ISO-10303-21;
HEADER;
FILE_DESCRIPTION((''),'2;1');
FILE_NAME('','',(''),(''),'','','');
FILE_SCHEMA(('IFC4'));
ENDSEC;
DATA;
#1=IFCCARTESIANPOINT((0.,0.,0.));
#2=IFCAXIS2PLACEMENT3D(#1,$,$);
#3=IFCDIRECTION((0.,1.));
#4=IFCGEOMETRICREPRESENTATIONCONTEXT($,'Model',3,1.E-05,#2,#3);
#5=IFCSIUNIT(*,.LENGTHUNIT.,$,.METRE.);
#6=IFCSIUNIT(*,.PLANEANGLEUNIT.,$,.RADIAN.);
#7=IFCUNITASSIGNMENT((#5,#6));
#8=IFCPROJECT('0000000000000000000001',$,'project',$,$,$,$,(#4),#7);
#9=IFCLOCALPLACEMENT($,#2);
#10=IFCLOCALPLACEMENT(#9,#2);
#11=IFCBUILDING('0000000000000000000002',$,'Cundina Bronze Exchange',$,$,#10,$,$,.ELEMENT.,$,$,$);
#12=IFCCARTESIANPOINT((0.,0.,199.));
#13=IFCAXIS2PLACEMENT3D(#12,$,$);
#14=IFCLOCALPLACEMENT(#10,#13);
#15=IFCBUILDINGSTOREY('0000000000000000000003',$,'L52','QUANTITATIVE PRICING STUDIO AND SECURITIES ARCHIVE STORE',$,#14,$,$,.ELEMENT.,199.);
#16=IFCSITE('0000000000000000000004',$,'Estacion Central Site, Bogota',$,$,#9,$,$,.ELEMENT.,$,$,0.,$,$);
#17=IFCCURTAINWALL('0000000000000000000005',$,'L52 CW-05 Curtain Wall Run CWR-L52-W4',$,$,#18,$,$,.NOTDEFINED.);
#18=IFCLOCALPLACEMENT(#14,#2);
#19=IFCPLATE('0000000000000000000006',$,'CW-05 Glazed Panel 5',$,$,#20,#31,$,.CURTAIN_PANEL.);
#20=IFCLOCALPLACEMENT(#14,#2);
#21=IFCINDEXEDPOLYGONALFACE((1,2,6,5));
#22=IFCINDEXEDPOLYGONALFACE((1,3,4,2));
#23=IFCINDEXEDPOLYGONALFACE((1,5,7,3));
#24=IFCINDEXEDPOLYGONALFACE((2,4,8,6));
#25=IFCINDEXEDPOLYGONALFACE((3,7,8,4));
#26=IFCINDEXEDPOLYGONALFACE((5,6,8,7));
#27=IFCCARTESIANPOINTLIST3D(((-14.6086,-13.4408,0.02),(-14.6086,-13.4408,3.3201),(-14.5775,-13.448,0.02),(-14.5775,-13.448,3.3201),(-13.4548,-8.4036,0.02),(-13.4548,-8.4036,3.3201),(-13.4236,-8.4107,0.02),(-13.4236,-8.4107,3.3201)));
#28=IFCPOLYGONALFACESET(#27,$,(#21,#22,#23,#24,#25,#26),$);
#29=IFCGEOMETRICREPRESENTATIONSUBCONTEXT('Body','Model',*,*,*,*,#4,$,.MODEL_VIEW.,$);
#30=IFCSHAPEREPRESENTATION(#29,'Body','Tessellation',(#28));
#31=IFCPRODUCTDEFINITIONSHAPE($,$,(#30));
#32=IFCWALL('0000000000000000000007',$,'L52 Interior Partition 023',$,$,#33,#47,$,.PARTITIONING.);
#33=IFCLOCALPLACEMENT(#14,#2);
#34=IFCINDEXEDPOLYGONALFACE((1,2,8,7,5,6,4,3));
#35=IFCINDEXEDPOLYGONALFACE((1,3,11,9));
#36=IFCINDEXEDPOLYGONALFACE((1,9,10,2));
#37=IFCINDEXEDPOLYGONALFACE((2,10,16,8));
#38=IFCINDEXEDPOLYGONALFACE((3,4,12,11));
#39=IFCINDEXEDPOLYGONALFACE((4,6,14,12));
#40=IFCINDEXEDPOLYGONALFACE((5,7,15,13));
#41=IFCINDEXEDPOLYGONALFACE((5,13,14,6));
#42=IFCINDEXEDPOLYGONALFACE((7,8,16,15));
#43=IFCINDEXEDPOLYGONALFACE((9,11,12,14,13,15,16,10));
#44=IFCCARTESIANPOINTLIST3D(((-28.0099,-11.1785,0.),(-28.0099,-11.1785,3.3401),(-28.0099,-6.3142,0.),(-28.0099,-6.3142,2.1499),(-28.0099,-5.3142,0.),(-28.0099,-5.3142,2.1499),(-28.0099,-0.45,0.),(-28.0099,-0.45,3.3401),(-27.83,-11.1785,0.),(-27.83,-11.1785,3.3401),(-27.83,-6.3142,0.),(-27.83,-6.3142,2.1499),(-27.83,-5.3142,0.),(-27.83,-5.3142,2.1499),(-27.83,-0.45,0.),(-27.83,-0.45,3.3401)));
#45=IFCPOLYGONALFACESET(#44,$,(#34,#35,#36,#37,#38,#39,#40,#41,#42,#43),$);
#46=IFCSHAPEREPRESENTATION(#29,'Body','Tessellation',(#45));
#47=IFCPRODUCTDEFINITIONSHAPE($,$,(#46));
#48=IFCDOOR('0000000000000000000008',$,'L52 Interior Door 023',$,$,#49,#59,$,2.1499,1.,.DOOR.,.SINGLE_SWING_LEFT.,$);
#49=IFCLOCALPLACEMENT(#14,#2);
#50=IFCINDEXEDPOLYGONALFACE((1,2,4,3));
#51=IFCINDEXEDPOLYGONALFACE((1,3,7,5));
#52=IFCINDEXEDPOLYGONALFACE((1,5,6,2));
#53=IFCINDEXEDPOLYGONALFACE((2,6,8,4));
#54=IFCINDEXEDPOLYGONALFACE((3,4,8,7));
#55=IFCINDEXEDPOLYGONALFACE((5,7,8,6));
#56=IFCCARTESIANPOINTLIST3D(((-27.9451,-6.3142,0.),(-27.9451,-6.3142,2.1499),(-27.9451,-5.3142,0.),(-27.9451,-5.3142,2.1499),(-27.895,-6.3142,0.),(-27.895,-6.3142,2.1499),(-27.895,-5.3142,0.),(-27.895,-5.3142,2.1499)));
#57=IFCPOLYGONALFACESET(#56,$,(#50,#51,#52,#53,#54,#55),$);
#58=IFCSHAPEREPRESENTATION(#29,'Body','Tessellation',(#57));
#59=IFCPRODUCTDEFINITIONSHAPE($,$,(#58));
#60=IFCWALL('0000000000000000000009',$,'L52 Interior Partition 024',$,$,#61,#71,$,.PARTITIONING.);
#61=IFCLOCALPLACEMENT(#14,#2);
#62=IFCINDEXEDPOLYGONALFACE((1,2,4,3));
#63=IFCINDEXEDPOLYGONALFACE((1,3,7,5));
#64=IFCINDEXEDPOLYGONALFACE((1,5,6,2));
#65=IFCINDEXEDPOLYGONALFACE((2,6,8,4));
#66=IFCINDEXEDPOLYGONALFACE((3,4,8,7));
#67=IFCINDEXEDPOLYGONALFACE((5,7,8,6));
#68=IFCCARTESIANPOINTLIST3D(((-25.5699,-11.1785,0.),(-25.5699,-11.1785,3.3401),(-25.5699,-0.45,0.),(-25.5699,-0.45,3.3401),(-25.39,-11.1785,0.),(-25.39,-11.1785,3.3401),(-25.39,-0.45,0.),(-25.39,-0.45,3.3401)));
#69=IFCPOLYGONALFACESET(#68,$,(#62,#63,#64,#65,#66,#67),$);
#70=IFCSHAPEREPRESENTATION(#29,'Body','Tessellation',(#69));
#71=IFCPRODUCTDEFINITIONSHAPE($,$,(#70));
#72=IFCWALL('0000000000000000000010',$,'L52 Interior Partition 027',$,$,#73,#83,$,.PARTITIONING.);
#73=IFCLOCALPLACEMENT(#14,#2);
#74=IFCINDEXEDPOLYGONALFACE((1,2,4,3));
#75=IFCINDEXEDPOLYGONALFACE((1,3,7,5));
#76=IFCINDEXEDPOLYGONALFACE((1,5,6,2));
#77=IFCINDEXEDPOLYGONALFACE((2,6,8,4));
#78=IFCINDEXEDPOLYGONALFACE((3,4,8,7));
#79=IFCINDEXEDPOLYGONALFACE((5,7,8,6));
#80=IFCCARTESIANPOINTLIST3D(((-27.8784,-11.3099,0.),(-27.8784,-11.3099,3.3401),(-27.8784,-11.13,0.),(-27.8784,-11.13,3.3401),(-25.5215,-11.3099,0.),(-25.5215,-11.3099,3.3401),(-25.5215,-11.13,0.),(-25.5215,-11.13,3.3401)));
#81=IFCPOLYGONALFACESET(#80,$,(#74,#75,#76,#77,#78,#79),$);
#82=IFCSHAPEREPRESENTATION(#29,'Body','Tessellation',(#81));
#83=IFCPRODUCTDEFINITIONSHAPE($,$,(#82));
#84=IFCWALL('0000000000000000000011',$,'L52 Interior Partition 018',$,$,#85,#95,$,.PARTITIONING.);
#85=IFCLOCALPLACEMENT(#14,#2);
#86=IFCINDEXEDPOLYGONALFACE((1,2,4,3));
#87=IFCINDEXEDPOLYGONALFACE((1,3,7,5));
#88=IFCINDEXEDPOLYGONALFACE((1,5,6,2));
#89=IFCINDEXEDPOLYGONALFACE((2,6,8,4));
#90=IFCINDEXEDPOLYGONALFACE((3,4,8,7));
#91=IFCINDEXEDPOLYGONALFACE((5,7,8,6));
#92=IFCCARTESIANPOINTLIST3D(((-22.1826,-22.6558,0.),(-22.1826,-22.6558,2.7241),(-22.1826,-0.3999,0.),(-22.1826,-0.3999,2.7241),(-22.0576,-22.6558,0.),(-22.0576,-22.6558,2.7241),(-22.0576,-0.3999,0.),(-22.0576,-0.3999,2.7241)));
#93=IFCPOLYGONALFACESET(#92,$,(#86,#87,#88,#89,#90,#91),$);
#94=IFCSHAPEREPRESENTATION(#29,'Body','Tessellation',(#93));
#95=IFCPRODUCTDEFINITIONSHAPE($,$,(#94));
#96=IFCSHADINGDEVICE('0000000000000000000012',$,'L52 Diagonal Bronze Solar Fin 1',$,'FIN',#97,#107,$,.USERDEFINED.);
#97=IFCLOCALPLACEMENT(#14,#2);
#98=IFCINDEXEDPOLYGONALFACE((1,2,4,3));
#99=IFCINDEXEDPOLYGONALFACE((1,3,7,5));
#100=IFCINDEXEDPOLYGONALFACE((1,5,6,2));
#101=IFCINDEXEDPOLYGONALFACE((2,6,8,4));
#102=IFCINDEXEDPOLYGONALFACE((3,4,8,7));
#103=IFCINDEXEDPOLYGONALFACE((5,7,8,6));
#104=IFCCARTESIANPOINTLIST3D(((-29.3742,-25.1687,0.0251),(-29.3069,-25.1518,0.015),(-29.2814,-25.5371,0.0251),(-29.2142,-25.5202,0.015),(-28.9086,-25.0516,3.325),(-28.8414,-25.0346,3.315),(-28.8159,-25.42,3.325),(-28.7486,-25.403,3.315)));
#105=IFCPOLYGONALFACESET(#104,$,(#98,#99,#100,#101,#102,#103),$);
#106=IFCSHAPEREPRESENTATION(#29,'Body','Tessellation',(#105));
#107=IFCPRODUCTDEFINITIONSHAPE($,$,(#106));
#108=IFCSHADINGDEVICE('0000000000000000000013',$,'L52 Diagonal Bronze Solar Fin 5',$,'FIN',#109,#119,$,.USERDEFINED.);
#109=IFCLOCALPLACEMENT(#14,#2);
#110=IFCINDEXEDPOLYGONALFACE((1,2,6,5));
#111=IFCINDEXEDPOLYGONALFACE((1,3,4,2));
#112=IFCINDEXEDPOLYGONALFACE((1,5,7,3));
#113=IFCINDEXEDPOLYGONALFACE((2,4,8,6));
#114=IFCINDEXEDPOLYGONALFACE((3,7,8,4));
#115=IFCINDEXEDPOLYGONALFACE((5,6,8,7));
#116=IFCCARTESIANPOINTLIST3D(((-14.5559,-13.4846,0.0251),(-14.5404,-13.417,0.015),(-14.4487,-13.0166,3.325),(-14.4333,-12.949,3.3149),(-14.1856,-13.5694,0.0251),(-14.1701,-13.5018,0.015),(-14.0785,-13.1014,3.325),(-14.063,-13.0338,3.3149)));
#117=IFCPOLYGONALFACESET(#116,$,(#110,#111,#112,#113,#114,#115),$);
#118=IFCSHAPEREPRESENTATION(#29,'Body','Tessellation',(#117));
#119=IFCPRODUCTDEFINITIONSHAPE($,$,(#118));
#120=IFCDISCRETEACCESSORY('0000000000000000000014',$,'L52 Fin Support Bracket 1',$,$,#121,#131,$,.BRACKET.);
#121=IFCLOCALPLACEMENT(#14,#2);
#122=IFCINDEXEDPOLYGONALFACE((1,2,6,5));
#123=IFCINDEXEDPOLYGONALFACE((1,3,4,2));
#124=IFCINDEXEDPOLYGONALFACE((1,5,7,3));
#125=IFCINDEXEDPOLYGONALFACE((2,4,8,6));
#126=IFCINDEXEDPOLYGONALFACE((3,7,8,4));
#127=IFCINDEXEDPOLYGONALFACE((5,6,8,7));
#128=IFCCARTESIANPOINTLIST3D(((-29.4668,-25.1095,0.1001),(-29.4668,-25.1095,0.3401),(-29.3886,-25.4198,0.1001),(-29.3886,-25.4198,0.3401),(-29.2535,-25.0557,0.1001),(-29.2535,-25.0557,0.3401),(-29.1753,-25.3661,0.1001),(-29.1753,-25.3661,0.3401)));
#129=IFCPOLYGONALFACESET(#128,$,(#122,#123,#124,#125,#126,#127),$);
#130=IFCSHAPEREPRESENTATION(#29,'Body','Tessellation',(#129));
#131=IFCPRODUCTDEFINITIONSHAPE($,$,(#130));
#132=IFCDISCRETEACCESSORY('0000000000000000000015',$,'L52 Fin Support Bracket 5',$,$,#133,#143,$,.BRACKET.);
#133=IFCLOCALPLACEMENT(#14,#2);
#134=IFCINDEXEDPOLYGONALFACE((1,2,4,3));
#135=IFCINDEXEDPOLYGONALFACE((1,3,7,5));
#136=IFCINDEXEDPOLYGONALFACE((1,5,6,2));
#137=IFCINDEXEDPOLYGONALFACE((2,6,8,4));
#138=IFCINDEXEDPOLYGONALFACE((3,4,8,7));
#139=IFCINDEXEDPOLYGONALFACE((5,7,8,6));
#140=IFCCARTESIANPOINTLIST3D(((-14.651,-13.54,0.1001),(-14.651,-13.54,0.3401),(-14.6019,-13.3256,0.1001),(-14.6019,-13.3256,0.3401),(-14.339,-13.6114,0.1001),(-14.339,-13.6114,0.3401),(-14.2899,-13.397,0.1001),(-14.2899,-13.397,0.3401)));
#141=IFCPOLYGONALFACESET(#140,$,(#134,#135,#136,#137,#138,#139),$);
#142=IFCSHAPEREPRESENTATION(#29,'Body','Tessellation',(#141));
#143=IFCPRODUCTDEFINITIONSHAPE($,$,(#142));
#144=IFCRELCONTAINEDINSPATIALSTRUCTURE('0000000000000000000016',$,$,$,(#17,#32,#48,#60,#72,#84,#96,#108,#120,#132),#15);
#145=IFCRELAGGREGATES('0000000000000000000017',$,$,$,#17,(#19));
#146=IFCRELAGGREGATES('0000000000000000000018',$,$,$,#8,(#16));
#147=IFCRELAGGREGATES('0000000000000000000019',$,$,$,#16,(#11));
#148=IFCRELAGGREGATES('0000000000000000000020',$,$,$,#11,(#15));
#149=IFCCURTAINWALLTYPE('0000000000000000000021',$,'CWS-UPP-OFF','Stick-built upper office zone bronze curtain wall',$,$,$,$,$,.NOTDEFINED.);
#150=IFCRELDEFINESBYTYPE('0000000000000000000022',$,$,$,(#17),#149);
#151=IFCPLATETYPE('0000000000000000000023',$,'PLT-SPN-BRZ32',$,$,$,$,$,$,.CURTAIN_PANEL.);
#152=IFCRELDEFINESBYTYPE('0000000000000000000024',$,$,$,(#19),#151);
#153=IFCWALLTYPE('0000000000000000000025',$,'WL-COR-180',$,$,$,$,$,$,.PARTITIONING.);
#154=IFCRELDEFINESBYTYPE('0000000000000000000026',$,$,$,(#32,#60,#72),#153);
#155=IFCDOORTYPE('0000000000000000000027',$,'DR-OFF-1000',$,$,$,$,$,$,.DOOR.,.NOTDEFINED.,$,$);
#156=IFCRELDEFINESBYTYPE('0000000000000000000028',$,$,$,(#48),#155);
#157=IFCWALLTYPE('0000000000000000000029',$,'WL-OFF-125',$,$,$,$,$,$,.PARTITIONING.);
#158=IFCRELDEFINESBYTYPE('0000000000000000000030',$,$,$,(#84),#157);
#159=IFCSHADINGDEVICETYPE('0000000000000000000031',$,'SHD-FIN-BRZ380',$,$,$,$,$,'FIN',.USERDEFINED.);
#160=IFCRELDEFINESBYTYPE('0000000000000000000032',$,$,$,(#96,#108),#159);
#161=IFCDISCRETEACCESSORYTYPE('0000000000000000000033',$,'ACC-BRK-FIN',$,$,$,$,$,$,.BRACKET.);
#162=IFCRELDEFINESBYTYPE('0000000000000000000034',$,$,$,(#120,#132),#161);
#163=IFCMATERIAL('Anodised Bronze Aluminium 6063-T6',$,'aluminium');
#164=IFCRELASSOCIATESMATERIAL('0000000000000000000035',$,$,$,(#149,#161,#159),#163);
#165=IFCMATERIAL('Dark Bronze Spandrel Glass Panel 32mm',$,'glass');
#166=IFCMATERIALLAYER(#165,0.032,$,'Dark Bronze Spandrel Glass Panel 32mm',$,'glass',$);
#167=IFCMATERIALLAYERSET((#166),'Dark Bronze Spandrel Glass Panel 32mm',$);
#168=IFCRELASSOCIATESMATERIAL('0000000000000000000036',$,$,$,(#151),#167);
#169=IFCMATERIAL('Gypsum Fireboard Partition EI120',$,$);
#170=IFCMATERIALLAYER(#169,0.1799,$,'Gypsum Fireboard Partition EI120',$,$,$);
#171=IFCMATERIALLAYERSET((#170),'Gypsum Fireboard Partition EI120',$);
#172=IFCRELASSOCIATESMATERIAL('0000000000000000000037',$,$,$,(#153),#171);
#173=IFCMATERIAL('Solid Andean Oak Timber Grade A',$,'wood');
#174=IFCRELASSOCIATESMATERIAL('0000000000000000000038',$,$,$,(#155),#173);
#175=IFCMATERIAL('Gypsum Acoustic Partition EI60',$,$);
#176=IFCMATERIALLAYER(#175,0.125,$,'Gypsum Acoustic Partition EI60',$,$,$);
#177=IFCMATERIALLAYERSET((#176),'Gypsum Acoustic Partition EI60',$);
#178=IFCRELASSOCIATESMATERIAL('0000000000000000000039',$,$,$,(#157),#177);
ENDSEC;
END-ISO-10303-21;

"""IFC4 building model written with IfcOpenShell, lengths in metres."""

from ifc_helpers import new_model, si_unit, direction, frame, frame_2d, origin, origin_2d, place, context, subcontext, project, spatial, rectangle, extrude, material, layer, layer_set, material_profile, profile_set, type_object, element, fill, aggregate, save


model = new_model("IFC4")

# Units and contexts
model_context = context("Model", 3, precision=1e-05, world=origin(), true_north=direction((0.0, 1.0)))
body_context = subcontext(model_context, "Body", "Model", "MODEL_VIEW")
ifc_project = project(units=[si_unit("LENGTHUNIT", "METRE"), si_unit("PLANEANGLEUNIT", "RADIAN")], contexts=[model_context])

# Site, building, storey
site_placement = place(None, origin())
site = spatial("IfcSite", under=ifc_project, at=site_placement, Name="Estacion Central Site, Bogota", CompositionType="ELEMENT", RefElevation=0.0)
building_placement = place(site_placement, origin())
building = spatial("IfcBuilding", under=site, at=building_placement, Name="Cundina Bronze Exchange", CompositionType="ELEMENT")
storey_placement = place(building_placement, frame((0.0, 0.0, 199.0)))
storey = spatial("IfcBuildingStorey", under=building, at=storey_placement, Name="L52", Description="QUANTITATIVE PRICING STUDIO AND SECURITIES ARCHIVE STORE", CompositionType="ELEMENT", Elevation=199.0)

# Curtain wall, plate
ifc_material_1 = material(Name="Anodised Bronze Aluminium 6063-T6", Category="aluminium")
curtain_wall_type = type_object("IfcCurtainWallType", Name="CWS-UPP-OFF", Description="Stick-built upper office zone bronze curtain wall", PredefinedType="NOTDEFINED", material=ifc_material_1)
curtain_wall_placement = place(storey_placement, origin())
curtain_wall = element("IfcCurtainWall", 1, at=curtain_wall_placement, inside=storey, type_object=curtain_wall_type, Name="L52 CW-05 Curtain Wall Run CWR-L52-W4", PredefinedType="NOTDEFINED")
ifc_material_2 = material(Name="Dark Bronze Spandrel Glass Panel 32mm", Category="glass")
ifc_layer_1 = layer(ifc_material_2, 0.032, Name="Dark Bronze Spandrel Glass Panel 32mm", Category="glass")
ifc_layer_set_1 = layer_set([ifc_layer_1], Name="Dark Bronze Spandrel Glass Panel 32mm")
plate_type_1 = type_object("IfcPlateType", Name="PLT-SPN-BRZ32", PredefinedType="CURTAIN_PANEL", material=ifc_layer_set_1)
plate_1_placement = place(storey_placement, frame((-14.0161, -10.9258, 0.02), z_axis=(0.0, 0.0, 1.0), x_axis=(0.223284, 0.974753, 0.0)))
plate_1 = element("IfcPlate", 2, at=plate_1_placement, type_object=plate_type_1, Name="CW-05 Glazed Panel 5", PredefinedType="CURTAIN_PANEL", context=body_context, shape_type="SweptSolid", body=[
    extrude(rectangle(XDim=5.1677, YDim=0.032, at=origin_2d()), origin(), (0.0, 0.0, 1.0), 3.3),
])
aggregate(curtain_wall, [plate_1])

# Wall, opening, door
ifc_material_3 = material(Name="Gypsum Fireboard Partition EI120")
ifc_layer_2 = layer(ifc_material_3, 0.1799, Name="Gypsum Fireboard Partition EI120")
ifc_layer_set_2 = layer_set([ifc_layer_2], Name="Gypsum Fireboard Partition EI120")
wall_type_1 = type_object("IfcWallType", Name="WL-COR-180", PredefinedType="PARTITIONING", material=ifc_layer_set_2)
wall_1_placement = place(storey_placement, frame((-27.9199, -0.45, 0.0), z_axis=(0.0, 0.0, 1.0), x_axis=(0.0, -1.0, 0.0)))
wall_1 = element("IfcWall", 3, at=wall_1_placement, inside=storey, type_object=wall_type_1, Name="L52 Interior Partition 023", PredefinedType="PARTITIONING", context=body_context, shape_type="SweptSolid", body=[
    extrude(rectangle(XDim=10.7285, YDim=0.1799, at=frame_2d((5.3643, 0.0))), origin(), (0.0, 0.0, 1.0), 3.3401),
])
opening_placement = place(wall_1_placement, frame((4.8643, 0.0, 0.0)))
opening = element("IfcOpeningElement", 4, at=opening_placement, cuts=wall_1, PredefinedType="OPENING", context=body_context, shape_type="SweptSolid", body=[
    extrude(rectangle(XDim=1.0, YDim=2.1499, at=frame_2d((0.5, 1.075))), frame((0.0, 0.0999, 0.0), z_axis=(0.0, -1.0, 0.0), x_axis=(1.0, 0.0, 0.0)), (0.0, 0.0, 1.0), 0.2),
])
ifc_material_4 = material(Name="Solid Andean Oak Timber Grade A", Category="wood")
door_type = type_object("IfcDoorType", Name="DR-OFF-1000", OperationType="NOTDEFINED", PredefinedType="DOOR", material=ifc_material_4)
door_placement = place(opening_placement, origin())
door = element("IfcDoor", 5, at=door_placement, inside=storey, type_object=door_type, Name="L52 Interior Door 023", OperationType="SINGLE_SWING_LEFT", OverallHeight=2.1499, OverallWidth=1.0, PredefinedType="DOOR", context=body_context, shape_type="SweptSolid", body=[
    extrude(rectangle(XDim=1.0, YDim=2.1499, at=frame_2d((0.5, 1.075))), frame((0.0, 0.0249, 0.0), z_axis=(0.0, -1.0, 0.0), x_axis=(1.0, 0.0, 0.0)), (0.0, 0.0, 1.0), 0.05),
])
fill(opening, door)

# Walls
wall_2_placement = place(storey_placement, frame((-25.48, -11.1785, 0.0), z_axis=(0.0, 0.0, 1.0), x_axis=(0.0, 1.0, 0.0)))
element("IfcWall", 6, at=wall_2_placement, inside=storey, type_object=wall_type_1, Name="L52 Interior Partition 024", PredefinedType="PARTITIONING", context=body_context, shape_type="SweptSolid", body=[
    extrude(rectangle(XDim=10.7285, YDim=0.1799, at=frame_2d((5.3643, 0.0))), origin(), (0.0, 0.0, 1.0), 3.3401),
])
wall_3_placement = place(storey_placement, frame((-27.8784, -11.22, 0.0), z_axis=(0.0, 0.0, 1.0), x_axis=(1.0, 0.0, 0.0)))
element("IfcWall", 7, at=wall_3_placement, inside=storey, type_object=wall_type_1, Name="L52 Interior Partition 027", PredefinedType="PARTITIONING", context=body_context, shape_type="SweptSolid", body=[
    extrude(rectangle(XDim=2.3569, YDim=0.1799, at=frame_2d((1.1785, 0.0))), origin(), (0.0, 0.0, 1.0), 3.3401),
])
ifc_material_5 = material(Name="Gypsum Acoustic Partition EI60")
ifc_layer_3 = layer(ifc_material_5, 0.125, Name="Gypsum Acoustic Partition EI60")
ifc_layer_set_3 = layer_set([ifc_layer_3], Name="Gypsum Acoustic Partition EI60")
wall_type_2 = type_object("IfcWallType", Name="WL-OFF-125", PredefinedType="PARTITIONING", material=ifc_layer_set_3)
wall_4_placement = place(storey_placement, frame((-22.1201, -22.6558, 0.0), z_axis=(0.0, 0.0, 1.0), x_axis=(0.0, 1.0, 0.0)))
element("IfcWall", 8, at=wall_4_placement, inside=storey, type_object=wall_type_2, Name="L52 Interior Partition 018", PredefinedType="PARTITIONING", context=body_context, shape_type="SweptSolid", body=[
    extrude(rectangle(XDim=22.2559, YDim=0.125, at=frame_2d((11.1279, 0.0))), origin(), (0.0, 0.0, 1.0), 2.7241),
])

# Shading devices
ifc_material_profile_1 = material_profile(ifc_material_1, rectangle(XDim=0.0701, YDim=0.3799, at=origin_2d()), Name="FIN70X380", Category="aluminium")
ifc_profile_set_1 = profile_set([ifc_material_profile_1], Name="Anodised Bronze Aluminium 6063-T6")
shading_device_type = type_object("IfcShadingDeviceType", Name="SHD-FIN-BRZ380", ElementType="FIN", PredefinedType="USERDEFINED", material=ifc_profile_set_1)
for number, where, z_axis, x_axis, name in (
    (9, (-29.2942, -25.3445, 0.02), (0.139612, 0.035141, 0.989583), (-0.95965, -0.241548, 0.143967), "L52 Diagonal Bronze Solar Fin 1"),
    (10, (-14.363, -13.4932, 0.02), (0.032139, 0.140344, 0.989581), (-0.220899, -0.964611, 0.143977), "L52 Diagonal Bronze Solar Fin 5"),
):
    element("IfcShadingDevice", number, at=place(storey_placement, frame(where, z_axis=z_axis, x_axis=x_axis)), inside=storey, type_object=shading_device_type, Name=name, ObjectType="FIN", PredefinedType="USERDEFINED", context=body_context, shape_type="SweptSolid", body=[
        extrude(rectangle(XDim=0.0701, YDim=0.3799, at=origin_2d()), origin(), (0.0, 0.0, 1.0), 3.3347),
    ])

# Discrete accessories
discrete_accessory_type = type_object("IfcDiscreteAccessoryType", Name="ACC-BRK-FIN", PredefinedType="BRACKET", material=ifc_material_1)
for number, where, z_axis, x_axis, name in (
    (11, (-29.321, -25.2378, 0.1001), (0.0, 0.0, 1.0), (0.969732, 0.244174, 0.0), "L52 Fin Support Bracket 1"),
    (12, (-14.4705, -13.4685, 0.1001), (0.0, 0.0, 1.0), (0.223284, 0.974753, 0.0), "L52 Fin Support Bracket 5"),
):
    element("IfcDiscreteAccessory", number, at=place(storey_placement, frame(where, z_axis=z_axis, x_axis=x_axis)), inside=storey, type_object=discrete_accessory_type, Name=name, PredefinedType="BRACKET", context=body_context, shape_type="SweptSolid", body=[
        extrude(rectangle(XDim=0.22, YDim=0.3201, at=origin_2d()), origin(), (0.0, 0.0, 1.0), 0.24),
    ])

save(model, "model.ifc")
